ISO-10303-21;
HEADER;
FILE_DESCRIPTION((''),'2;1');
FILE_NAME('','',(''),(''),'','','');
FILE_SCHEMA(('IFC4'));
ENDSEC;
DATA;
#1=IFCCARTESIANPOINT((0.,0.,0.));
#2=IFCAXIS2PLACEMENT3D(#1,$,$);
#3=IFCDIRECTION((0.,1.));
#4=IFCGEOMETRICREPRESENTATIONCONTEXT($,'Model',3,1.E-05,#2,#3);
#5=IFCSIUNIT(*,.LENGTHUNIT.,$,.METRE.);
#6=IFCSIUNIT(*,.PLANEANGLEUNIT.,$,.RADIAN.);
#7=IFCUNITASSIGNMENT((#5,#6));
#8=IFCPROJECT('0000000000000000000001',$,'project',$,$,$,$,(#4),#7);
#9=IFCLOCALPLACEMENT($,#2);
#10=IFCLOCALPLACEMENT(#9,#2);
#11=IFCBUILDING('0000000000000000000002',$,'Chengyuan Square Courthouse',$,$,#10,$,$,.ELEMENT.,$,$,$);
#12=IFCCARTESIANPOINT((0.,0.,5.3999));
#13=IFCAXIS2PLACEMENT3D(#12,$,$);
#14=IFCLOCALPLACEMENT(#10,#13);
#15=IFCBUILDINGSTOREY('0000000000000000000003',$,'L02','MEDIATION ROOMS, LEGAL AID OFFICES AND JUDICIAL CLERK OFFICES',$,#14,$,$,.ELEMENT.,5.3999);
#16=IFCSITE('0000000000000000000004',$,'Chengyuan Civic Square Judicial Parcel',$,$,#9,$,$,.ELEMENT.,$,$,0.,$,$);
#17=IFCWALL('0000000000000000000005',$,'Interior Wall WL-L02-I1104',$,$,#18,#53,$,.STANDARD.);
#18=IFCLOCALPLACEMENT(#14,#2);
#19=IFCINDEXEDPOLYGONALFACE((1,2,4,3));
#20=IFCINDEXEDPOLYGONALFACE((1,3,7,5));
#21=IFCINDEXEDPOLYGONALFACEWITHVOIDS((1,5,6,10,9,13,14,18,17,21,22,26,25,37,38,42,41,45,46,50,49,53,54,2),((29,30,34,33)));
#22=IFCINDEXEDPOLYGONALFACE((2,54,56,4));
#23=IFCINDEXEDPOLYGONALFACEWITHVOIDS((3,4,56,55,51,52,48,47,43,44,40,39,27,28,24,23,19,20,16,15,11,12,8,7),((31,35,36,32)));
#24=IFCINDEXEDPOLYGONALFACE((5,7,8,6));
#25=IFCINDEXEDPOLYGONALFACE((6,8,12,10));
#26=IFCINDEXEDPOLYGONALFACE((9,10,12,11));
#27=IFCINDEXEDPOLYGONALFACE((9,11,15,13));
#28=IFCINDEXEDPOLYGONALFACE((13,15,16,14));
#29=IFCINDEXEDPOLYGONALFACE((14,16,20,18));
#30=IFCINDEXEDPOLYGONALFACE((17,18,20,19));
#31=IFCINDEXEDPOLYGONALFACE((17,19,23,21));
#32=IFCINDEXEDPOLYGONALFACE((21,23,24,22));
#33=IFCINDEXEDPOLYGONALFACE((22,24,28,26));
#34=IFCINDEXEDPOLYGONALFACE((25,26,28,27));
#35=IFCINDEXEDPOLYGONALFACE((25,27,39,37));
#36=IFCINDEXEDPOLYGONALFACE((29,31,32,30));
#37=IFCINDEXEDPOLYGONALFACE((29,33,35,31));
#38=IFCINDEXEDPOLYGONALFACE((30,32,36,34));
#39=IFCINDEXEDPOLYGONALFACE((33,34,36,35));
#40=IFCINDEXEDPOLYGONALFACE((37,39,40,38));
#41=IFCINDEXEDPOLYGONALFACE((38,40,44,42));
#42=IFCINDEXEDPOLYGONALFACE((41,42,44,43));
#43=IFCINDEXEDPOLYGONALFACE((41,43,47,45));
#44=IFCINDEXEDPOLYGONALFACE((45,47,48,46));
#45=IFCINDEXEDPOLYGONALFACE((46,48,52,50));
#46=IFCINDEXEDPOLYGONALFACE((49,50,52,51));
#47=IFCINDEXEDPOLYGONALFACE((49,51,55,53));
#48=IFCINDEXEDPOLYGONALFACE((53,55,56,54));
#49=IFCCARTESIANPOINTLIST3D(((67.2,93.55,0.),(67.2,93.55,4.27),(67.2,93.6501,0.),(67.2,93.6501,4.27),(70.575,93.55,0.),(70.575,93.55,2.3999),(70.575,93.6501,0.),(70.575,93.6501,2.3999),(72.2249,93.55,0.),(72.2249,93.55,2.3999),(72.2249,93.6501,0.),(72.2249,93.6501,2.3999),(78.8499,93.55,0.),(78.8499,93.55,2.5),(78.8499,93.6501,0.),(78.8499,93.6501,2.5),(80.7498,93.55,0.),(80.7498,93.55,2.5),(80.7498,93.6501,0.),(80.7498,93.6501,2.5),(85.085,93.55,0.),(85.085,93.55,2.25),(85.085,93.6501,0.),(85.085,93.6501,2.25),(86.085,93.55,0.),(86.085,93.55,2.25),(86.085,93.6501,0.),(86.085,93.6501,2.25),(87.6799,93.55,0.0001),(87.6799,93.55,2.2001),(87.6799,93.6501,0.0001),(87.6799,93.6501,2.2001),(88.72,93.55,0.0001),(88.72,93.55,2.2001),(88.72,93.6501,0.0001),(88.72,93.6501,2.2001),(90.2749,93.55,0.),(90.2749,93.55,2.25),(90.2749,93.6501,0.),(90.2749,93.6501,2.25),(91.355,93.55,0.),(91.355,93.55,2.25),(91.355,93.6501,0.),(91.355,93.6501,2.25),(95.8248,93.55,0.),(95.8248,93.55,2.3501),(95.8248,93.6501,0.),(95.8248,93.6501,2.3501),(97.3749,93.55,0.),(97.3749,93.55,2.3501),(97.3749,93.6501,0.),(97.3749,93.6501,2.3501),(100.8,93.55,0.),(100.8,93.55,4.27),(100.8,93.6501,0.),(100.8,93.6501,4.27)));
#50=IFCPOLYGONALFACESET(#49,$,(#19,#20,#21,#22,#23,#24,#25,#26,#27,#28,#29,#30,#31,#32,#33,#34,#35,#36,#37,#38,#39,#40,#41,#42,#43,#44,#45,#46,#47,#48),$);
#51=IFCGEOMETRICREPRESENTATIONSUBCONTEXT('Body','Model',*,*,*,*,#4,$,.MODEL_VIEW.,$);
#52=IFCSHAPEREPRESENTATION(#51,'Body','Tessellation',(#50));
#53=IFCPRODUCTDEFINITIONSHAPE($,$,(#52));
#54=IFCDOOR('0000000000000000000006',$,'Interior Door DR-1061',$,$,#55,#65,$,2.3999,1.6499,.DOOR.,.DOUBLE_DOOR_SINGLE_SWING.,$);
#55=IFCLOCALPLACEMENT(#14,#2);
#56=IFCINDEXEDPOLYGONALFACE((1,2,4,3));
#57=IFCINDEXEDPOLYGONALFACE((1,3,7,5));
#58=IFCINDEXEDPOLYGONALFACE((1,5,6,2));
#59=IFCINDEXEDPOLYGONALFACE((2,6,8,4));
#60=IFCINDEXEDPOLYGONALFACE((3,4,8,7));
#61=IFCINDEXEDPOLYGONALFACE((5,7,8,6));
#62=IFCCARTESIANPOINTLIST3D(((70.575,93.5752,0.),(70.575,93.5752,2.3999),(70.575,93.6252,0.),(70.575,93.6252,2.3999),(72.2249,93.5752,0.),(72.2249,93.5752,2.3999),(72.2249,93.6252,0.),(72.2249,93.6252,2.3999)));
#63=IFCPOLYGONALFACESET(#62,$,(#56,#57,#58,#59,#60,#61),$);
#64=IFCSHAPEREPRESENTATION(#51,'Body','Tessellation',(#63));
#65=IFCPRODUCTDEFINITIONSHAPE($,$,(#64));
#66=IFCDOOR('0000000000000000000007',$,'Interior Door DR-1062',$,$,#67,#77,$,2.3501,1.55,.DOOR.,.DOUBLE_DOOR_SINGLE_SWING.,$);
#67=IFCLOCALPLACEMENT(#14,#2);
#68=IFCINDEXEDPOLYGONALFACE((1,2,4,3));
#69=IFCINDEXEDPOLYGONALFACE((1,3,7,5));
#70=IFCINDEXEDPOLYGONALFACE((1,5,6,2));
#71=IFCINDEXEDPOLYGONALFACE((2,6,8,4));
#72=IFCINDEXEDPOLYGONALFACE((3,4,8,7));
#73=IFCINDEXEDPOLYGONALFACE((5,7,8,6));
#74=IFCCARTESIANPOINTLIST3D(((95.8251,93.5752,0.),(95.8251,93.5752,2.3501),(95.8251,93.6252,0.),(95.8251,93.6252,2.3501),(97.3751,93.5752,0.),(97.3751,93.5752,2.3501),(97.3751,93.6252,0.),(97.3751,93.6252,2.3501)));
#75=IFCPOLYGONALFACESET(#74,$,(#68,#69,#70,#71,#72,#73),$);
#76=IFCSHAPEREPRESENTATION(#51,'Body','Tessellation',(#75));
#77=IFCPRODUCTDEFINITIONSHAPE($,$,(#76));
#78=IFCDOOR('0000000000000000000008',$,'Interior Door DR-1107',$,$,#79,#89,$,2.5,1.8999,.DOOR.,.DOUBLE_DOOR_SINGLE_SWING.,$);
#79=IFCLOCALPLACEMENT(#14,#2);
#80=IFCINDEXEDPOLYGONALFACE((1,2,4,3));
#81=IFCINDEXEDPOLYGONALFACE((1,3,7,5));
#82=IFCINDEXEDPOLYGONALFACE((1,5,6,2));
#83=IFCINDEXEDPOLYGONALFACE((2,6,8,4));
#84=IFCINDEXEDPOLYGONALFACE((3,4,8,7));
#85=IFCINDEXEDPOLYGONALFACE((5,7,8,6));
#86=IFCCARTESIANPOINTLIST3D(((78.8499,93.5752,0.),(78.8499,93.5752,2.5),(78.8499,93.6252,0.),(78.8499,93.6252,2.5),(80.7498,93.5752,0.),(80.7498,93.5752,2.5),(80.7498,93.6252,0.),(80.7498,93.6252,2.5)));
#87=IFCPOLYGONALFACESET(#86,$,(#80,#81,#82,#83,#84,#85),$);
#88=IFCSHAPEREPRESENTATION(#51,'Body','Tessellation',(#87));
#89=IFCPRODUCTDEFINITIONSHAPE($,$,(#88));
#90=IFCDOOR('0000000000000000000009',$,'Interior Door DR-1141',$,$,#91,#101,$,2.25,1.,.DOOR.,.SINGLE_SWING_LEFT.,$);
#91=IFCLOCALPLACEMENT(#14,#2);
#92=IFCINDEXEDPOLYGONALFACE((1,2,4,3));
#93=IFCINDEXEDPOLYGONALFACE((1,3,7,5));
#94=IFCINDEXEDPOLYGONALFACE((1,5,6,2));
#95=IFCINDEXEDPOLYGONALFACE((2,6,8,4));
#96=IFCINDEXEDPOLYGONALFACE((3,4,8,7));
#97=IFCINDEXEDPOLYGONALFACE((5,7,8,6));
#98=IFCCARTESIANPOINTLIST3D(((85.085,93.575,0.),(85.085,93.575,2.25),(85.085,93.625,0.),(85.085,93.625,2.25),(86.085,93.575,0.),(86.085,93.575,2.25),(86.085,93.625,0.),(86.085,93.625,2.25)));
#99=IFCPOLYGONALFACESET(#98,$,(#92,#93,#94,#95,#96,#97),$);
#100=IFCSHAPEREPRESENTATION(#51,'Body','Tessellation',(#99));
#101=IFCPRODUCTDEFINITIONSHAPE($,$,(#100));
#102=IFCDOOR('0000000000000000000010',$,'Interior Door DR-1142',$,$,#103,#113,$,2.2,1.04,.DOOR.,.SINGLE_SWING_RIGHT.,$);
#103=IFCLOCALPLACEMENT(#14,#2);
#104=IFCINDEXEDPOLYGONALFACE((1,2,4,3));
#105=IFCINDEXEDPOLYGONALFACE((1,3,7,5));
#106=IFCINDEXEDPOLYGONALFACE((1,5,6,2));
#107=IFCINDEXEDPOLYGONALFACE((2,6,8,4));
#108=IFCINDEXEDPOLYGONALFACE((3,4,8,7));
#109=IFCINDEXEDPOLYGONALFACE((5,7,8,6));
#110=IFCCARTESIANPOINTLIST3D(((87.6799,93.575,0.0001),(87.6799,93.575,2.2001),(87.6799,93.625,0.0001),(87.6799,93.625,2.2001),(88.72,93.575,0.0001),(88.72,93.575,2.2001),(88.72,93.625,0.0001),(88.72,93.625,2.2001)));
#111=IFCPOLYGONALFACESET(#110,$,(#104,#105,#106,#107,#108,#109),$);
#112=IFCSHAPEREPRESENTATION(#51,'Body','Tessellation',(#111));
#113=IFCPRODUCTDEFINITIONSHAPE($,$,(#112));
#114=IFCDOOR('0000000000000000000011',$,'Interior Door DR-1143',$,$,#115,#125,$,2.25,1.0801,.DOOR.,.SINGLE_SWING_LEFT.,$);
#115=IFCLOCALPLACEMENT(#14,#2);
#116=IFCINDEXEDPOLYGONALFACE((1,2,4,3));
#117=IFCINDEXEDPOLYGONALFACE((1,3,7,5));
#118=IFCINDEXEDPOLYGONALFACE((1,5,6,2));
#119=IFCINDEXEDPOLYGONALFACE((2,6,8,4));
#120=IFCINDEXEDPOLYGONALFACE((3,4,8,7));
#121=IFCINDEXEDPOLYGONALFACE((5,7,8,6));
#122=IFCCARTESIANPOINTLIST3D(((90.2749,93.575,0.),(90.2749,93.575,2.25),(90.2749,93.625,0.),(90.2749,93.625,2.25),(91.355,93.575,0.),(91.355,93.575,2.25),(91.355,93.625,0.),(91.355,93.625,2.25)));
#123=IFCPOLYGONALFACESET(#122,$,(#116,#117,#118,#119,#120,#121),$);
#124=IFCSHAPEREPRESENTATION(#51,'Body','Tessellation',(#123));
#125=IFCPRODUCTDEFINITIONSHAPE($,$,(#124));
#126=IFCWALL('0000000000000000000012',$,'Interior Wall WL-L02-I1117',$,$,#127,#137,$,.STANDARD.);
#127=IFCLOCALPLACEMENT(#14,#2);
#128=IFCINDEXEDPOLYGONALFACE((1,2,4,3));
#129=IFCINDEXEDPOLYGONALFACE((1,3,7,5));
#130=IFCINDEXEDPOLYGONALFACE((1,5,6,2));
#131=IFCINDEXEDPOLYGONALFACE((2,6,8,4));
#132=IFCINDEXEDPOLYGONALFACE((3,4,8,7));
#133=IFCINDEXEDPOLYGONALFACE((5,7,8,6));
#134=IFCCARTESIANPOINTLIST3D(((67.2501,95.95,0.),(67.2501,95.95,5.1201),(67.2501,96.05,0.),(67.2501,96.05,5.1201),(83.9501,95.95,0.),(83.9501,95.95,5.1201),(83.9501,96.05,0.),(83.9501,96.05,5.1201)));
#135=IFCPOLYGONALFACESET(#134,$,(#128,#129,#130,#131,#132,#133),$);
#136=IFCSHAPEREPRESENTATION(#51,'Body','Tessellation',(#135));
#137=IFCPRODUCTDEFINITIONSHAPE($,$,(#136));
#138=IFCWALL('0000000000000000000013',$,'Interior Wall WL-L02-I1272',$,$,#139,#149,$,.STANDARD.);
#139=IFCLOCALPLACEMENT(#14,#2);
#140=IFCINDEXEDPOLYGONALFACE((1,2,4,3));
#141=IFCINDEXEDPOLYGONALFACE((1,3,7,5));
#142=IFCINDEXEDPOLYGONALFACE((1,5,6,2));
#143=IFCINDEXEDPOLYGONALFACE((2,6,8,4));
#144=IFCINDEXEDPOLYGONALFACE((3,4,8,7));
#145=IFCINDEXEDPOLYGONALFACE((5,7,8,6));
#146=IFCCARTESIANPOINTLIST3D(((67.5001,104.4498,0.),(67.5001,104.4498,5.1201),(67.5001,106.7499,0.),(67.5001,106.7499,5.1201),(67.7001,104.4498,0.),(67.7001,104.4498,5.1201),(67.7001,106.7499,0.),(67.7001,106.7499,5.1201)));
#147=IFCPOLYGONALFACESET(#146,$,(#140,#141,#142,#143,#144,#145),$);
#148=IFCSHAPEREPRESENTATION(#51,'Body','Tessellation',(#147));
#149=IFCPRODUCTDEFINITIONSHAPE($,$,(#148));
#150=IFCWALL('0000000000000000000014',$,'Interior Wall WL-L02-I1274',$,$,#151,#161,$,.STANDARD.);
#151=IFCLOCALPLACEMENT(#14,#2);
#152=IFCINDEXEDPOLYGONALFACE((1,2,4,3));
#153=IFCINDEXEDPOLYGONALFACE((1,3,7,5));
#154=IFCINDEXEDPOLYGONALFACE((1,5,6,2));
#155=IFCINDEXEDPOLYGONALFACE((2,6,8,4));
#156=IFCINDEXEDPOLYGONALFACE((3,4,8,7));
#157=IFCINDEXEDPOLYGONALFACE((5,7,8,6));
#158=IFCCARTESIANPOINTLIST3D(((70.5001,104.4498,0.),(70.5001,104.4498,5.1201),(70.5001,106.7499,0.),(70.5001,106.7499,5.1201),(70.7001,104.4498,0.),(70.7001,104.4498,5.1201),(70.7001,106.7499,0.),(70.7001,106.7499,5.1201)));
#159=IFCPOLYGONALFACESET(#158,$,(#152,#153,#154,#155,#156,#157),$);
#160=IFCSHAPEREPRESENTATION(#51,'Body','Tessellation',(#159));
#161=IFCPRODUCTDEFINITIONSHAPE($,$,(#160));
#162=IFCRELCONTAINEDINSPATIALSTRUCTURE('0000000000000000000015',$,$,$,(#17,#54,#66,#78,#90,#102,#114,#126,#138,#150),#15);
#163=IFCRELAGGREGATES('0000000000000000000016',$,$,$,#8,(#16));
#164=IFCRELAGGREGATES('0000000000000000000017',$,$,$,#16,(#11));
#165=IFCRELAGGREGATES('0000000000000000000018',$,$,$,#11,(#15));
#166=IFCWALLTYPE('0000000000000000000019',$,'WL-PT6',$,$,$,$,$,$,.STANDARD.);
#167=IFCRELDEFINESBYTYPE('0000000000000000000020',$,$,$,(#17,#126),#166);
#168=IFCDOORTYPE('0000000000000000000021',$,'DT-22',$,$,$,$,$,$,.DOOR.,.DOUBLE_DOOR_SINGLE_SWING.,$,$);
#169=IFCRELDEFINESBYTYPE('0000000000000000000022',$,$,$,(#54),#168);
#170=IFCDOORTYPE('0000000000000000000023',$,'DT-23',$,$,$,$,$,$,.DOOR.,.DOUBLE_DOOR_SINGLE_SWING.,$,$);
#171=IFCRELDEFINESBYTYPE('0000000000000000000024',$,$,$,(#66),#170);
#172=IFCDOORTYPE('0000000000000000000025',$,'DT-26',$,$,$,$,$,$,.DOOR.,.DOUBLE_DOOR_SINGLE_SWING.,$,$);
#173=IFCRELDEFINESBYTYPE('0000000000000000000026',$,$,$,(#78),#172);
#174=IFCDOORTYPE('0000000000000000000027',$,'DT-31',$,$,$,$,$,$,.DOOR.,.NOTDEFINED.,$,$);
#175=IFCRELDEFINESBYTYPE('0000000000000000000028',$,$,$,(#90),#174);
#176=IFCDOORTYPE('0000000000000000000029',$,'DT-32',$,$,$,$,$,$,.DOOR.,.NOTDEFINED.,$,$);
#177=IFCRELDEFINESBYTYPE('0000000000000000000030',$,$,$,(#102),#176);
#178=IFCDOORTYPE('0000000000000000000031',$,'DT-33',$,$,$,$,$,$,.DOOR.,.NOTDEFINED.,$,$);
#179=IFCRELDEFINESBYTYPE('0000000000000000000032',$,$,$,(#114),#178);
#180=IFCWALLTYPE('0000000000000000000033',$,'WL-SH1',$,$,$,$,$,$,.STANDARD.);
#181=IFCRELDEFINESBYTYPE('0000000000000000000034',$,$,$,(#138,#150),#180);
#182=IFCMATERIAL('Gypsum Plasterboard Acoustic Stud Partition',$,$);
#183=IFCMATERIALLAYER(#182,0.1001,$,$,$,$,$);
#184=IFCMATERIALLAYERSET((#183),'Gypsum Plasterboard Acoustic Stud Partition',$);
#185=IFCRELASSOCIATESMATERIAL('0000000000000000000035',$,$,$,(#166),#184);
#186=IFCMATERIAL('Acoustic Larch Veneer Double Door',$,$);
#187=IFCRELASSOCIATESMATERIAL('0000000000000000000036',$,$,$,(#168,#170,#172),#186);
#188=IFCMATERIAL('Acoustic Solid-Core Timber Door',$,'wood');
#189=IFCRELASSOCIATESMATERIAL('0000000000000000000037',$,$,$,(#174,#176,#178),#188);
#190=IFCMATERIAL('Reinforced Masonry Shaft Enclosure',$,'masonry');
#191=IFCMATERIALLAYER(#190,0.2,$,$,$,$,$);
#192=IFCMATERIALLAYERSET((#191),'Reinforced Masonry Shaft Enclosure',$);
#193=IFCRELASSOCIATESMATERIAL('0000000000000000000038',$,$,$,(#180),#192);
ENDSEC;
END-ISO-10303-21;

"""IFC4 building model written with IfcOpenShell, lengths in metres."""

from ifc_helpers import new_model, si_unit, direction, frame, frame_2d, origin, place, context, subcontext, project, spatial, rectangle, extrude, material, layer, layer_set, type_object, element, fill, save


model = new_model("IFC4")

# Units and contexts
model_context = context("Model", 3, precision=1e-05, world=origin(), true_north=direction((0.0, 1.0)))
body_context = subcontext(model_context, "Body", "Model", "MODEL_VIEW")
ifc_project = project(units=[si_unit("LENGTHUNIT", "METRE"), si_unit("PLANEANGLEUNIT", "RADIAN")], contexts=[model_context])

# Site, building, storey
site_placement = place(None, origin())
site = spatial("IfcSite", under=ifc_project, at=site_placement, Name="Chengyuan Civic Square Judicial Parcel", CompositionType="ELEMENT", RefElevation=0.0)
building_placement = place(site_placement, origin())
building = spatial("IfcBuilding", under=site, at=building_placement, Name="Chengyuan Square Courthouse", CompositionType="ELEMENT")
storey_placement = place(building_placement, frame((0.0, 0.0, 5.3999)))
storey = spatial("IfcBuildingStorey", under=building, at=storey_placement, Name="L02", Description="MEDIATION ROOMS, LEGAL AID OFFICES AND JUDICIAL CLERK OFFICES", CompositionType="ELEMENT", Elevation=5.3999)

# Wall, openings, doors
ifc_material_1 = material(Name="Gypsum Plasterboard Acoustic Stud Partition")
ifc_layer_1 = layer(ifc_material_1, 0.1001)
ifc_layer_set_1 = layer_set([ifc_layer_1], Name="Gypsum Plasterboard Acoustic Stud Partition")
wall_type_1 = type_object("IfcWallType", Name="WL-PT6", PredefinedType="STANDARD", material=ifc_layer_set_1)
wall_1_placement = place(storey_placement, frame((67.2, 93.6001, 0.0), z_axis=(0.0, 0.0, 1.0), x_axis=(1.0, 0.0, 0.0)))
wall_1 = element("IfcWall", 1, at=wall_1_placement, inside=storey, type_object=wall_type_1, Name="Interior Wall WL-L02-I1104", PredefinedType="STANDARD", context=body_context, shape_type="SweptSolid", body=[
    extrude(rectangle(XDim=33.6001, YDim=0.1001, at=frame_2d((16.8, 0.0))), origin(), (0.0, 0.0, 1.0), 4.27),
])
opening_1_placement = place(wall_1_placement, frame((3.375, 0.0, 0.0)))
opening_1 = element("IfcOpeningElement", 2, at=opening_1_placement, cuts=wall_1, PredefinedType="OPENING", context=body_context, shape_type="SweptSolid", body=[
    extrude(rectangle(XDim=1.6499, YDim=2.3999, at=frame_2d((0.825, 1.2))), frame((0.0, 0.062, 0.0), z_axis=(0.0, -1.0, 0.0), x_axis=(1.0, 0.0, 0.0)), (0.0, 0.0, 1.0), 0.124),
])
opening_2_placement = place(wall_1_placement, frame((28.625, 0.0, 0.0)))
opening_2 = element("IfcOpeningElement", 3, at=opening_2_placement, cuts=wall_1, PredefinedType="OPENING", context=body_context, shape_type="SweptSolid", body=[
    extrude(rectangle(XDim=1.55, YDim=2.3501, at=frame_2d((0.7749, 1.175))), frame((0.0, 0.062, 0.0), z_axis=(0.0, -1.0, 0.0), x_axis=(1.0, 0.0, 0.0)), (0.0, 0.0, 1.0), 0.124),
])
opening_3_placement = place(wall_1_placement, frame((11.6499, 0.0, 0.0)))
opening_3 = element("IfcOpeningElement", 4, at=opening_3_placement, cuts=wall_1, PredefinedType="OPENING", context=body_context, shape_type="SweptSolid", body=[
    extrude(rectangle(XDim=1.8999, YDim=2.5, at=frame_2d((0.95, 1.25))), frame((0.0, 0.062, 0.0), z_axis=(0.0, -1.0, 0.0), x_axis=(1.0, 0.0, 0.0)), (0.0, 0.0, 1.0), 0.124),
])
opening_4_placement = place(wall_1_placement, frame((17.885, 0.0, 0.0)))
opening_4 = element("IfcOpeningElement", 5, at=opening_4_placement, cuts=wall_1, PredefinedType="OPENING", context=body_context, shape_type="SweptSolid", body=[
    extrude(rectangle(XDim=1.0, YDim=2.25, at=frame_2d((0.5, 1.125))), frame((0.0, 0.062, 0.0), z_axis=(0.0, -1.0, 0.0), x_axis=(1.0, 0.0, 0.0)), (0.0, 0.0, 1.0), 0.124),
])
opening_5_placement = place(wall_1_placement, frame((20.48, 0.0, 0.0)))
opening_5 = element("IfcOpeningElement", 6, at=opening_5_placement, cuts=wall_1, PredefinedType="OPENING", context=body_context, shape_type="SweptSolid", body=[
    extrude(rectangle(XDim=1.04, YDim=2.2, at=frame_2d((0.52, 1.1001))), frame((0.0, 0.062, 0.0), z_axis=(0.0, -1.0, 0.0), x_axis=(1.0, 0.0, 0.0)), (0.0, 0.0, 1.0), 0.124),
])
opening_6_placement = place(wall_1_placement, frame((23.075, 0.0, 0.0)))
opening_6 = element("IfcOpeningElement", 7, at=opening_6_placement, cuts=wall_1, PredefinedType="OPENING", context=body_context, shape_type="SweptSolid", body=[
    extrude(rectangle(XDim=1.0801, YDim=2.25, at=frame_2d((0.54, 1.125))), frame((0.0, 0.062, 0.0), z_axis=(0.0, -1.0, 0.0), x_axis=(1.0, 0.0, 0.0)), (0.0, 0.0, 1.0), 0.124),
])
ifc_material_2 = material(Name="Acoustic Larch Veneer Double Door")
door_type_1 = type_object("IfcDoorType", Name="DT-22", OperationType="DOUBLE_DOOR_SINGLE_SWING", PredefinedType="DOOR", material=ifc_material_2)
door_1_placement = place(opening_1_placement, frame((1.6499, 0.0, 0.0), z_axis=(0.0, 0.0, 1.0), x_axis=(-1.0, 0.0, 0.0)))
door_1 = element("IfcDoor", 8, at=door_1_placement, inside=storey, type_object=door_type_1, Name="Interior Door DR-1061", OperationType="DOUBLE_DOOR_SINGLE_SWING", OverallHeight=2.3999, OverallWidth=1.6499, PredefinedType="DOOR", context=body_context, shape_type="SweptSolid", body=[
    extrude(rectangle(XDim=1.6499, YDim=2.3999, at=frame_2d((0.825, 1.2))), frame((0.0, 0.0249, 0.0), z_axis=(0.0, -1.0, 0.0), x_axis=(1.0, 0.0, 0.0)), (0.0, 0.0, 1.0), 0.05),
])
fill(opening_1, door_1)
door_type_2 = type_object("IfcDoorType", Name="DT-23", OperationType="DOUBLE_DOOR_SINGLE_SWING", PredefinedType="DOOR", material=ifc_material_2)
door_2_placement = place(opening_2_placement, frame((1.55, 0.0, 0.0), z_axis=(0.0, 0.0, 1.0), x_axis=(-1.0, 0.0, 0.0)))
door_2 = element("IfcDoor", 9, at=door_2_placement, inside=storey, type_object=door_type_2, Name="Interior Door DR-1062", OperationType="DOUBLE_DOOR_SINGLE_SWING", OverallHeight=2.3501, OverallWidth=1.55, PredefinedType="DOOR", context=body_context, shape_type="SweptSolid", body=[
    extrude(rectangle(XDim=1.55, YDim=2.3501, at=frame_2d((0.7749, 1.175))), frame((0.0, 0.0249, 0.0), z_axis=(0.0, -1.0, 0.0), x_axis=(1.0, 0.0, 0.0)), (0.0, 0.0, 1.0), 0.05),
])
fill(opening_2, door_2)
door_type_3 = type_object("IfcDoorType", Name="DT-26", OperationType="DOUBLE_DOOR_SINGLE_SWING", PredefinedType="DOOR", material=ifc_material_2)
door_3_placement = place(opening_3_placement, frame((1.8999, 0.0, 0.0), z_axis=(0.0, 0.0, 1.0), x_axis=(-1.0, 0.0, 0.0)))
door_3 = element("IfcDoor", 10, at=door_3_placement, inside=storey, type_object=door_type_3, Name="Interior Door DR-1107", OperationType="DOUBLE_DOOR_SINGLE_SWING", OverallHeight=2.5, OverallWidth=1.8999, PredefinedType="DOOR", context=body_context, shape_type="SweptSolid", body=[
    extrude(rectangle(XDim=1.8999, YDim=2.5, at=frame_2d((0.95, 1.25))), frame((0.0, 0.0249, 0.0), z_axis=(0.0, -1.0, 0.0), x_axis=(1.0, 0.0, 0.0)), (0.0, 0.0, 1.0), 0.05),
])
fill(opening_3, door_3)
ifc_material_3 = material(Name="Acoustic Solid-Core Timber Door", Category="wood")
door_type_4 = type_object("IfcDoorType", Name="DT-31", OperationType="NOTDEFINED", PredefinedType="DOOR", material=ifc_material_3)
door_4_placement = place(opening_4_placement, origin())
door_4 = element("IfcDoor", 11, at=door_4_placement, inside=storey, type_object=door_type_4, Name="Interior Door DR-1141", OperationType="SINGLE_SWING_LEFT", OverallHeight=2.25, OverallWidth=1.0, PredefinedType="DOOR", context=body_context, shape_type="SweptSolid", body=[
    extrude(rectangle(XDim=1.0, YDim=2.25, at=frame_2d((0.5, 1.125))), frame((0.0, 0.0249, 0.0), z_axis=(0.0, -1.0, 0.0), x_axis=(1.0, 0.0, 0.0)), (0.0, 0.0, 1.0), 0.05),
])
fill(opening_4, door_4)
door_type_5 = type_object("IfcDoorType", Name="DT-32", OperationType="NOTDEFINED", PredefinedType="DOOR", material=ifc_material_3)
door_5_placement = place(opening_5_placement, origin())
door_5 = element("IfcDoor", 12, at=door_5_placement, inside=storey, type_object=door_type_5, Name="Interior Door DR-1142", OperationType="SINGLE_SWING_RIGHT", OverallHeight=2.2, OverallWidth=1.04, PredefinedType="DOOR", context=body_context, shape_type="SweptSolid", body=[
    extrude(rectangle(XDim=1.04, YDim=2.2, at=frame_2d((0.52, 1.1001))), frame((0.0, 0.0249, 0.0), z_axis=(0.0, -1.0, 0.0), x_axis=(1.0, 0.0, 0.0)), (0.0, 0.0, 1.0), 0.05),
])
fill(opening_5, door_5)
door_type_6 = type_object("IfcDoorType", Name="DT-33", OperationType="NOTDEFINED", PredefinedType="DOOR", material=ifc_material_3)
door_6_placement = place(opening_6_placement, origin())
door_6 = element("IfcDoor", 13, at=door_6_placement, inside=storey, type_object=door_type_6, Name="Interior Door DR-1143", OperationType="SINGLE_SWING_LEFT", OverallHeight=2.25, OverallWidth=1.0801, PredefinedType="DOOR", context=body_context, shape_type="SweptSolid", body=[
    extrude(rectangle(XDim=1.0801, YDim=2.25, at=frame_2d((0.54, 1.125))), frame((0.0, 0.0249, 0.0), z_axis=(0.0, -1.0, 0.0), x_axis=(1.0, 0.0, 0.0)), (0.0, 0.0, 1.0), 0.05),
])
fill(opening_6, door_6)

# Wall
wall_2_placement = place(storey_placement, frame((67.25, 96.0, 0.0), z_axis=(0.0, 0.0, 1.0), x_axis=(1.0, 0.0, 0.0)))
element("IfcWall", 14, at=wall_2_placement, inside=storey, type_object=wall_type_1, Name="Interior Wall WL-L02-I1117", PredefinedType="STANDARD", context=body_context, shape_type="SweptSolid", body=[
    extrude(rectangle(XDim=16.7, YDim=0.1001, at=frame_2d((8.3501, 0.0))), origin(), (0.0, 0.0, 1.0), 5.1201),
])

# Shared definitions
ifc_material_4 = material(Name="Reinforced Masonry Shaft Enclosure", Category="masonry")
ifc_layer_2 = layer(ifc_material_4, 0.2)
ifc_layer_set_2 = layer_set([ifc_layer_2], Name="Reinforced Masonry Shaft Enclosure")
wall_type_2 = type_object("IfcWallType", Name="WL-SH1", PredefinedType="STANDARD", material=ifc_layer_set_2)

# Walls
for number, where, z_axis, x_axis, name in (
    (15, (67.6001, 104.45, 0.0), (0.0, 0.0, 1.0), (0.0, 1.0, 0.0), "Interior Wall WL-L02-I1272"),
    (16, (70.6001, 104.45, 0.0), (0.0, 0.0, 1.0), (0.0, 1.0, 0.0), "Interior Wall WL-L02-I1274"),
):
    element("IfcWall", number, at=place(storey_placement, frame(where, z_axis=z_axis, x_axis=x_axis)), inside=storey, type_object=wall_type_2, Name=name, PredefinedType="STANDARD", context=body_context, shape_type="SweptSolid", body=[
        extrude(rectangle(XDim=2.3, YDim=0.2, at=frame_2d((1.1499, 0.0))), origin(), (0.0, 0.0, 1.0), 5.1201),
    ])

save(model, "model.ifc")
